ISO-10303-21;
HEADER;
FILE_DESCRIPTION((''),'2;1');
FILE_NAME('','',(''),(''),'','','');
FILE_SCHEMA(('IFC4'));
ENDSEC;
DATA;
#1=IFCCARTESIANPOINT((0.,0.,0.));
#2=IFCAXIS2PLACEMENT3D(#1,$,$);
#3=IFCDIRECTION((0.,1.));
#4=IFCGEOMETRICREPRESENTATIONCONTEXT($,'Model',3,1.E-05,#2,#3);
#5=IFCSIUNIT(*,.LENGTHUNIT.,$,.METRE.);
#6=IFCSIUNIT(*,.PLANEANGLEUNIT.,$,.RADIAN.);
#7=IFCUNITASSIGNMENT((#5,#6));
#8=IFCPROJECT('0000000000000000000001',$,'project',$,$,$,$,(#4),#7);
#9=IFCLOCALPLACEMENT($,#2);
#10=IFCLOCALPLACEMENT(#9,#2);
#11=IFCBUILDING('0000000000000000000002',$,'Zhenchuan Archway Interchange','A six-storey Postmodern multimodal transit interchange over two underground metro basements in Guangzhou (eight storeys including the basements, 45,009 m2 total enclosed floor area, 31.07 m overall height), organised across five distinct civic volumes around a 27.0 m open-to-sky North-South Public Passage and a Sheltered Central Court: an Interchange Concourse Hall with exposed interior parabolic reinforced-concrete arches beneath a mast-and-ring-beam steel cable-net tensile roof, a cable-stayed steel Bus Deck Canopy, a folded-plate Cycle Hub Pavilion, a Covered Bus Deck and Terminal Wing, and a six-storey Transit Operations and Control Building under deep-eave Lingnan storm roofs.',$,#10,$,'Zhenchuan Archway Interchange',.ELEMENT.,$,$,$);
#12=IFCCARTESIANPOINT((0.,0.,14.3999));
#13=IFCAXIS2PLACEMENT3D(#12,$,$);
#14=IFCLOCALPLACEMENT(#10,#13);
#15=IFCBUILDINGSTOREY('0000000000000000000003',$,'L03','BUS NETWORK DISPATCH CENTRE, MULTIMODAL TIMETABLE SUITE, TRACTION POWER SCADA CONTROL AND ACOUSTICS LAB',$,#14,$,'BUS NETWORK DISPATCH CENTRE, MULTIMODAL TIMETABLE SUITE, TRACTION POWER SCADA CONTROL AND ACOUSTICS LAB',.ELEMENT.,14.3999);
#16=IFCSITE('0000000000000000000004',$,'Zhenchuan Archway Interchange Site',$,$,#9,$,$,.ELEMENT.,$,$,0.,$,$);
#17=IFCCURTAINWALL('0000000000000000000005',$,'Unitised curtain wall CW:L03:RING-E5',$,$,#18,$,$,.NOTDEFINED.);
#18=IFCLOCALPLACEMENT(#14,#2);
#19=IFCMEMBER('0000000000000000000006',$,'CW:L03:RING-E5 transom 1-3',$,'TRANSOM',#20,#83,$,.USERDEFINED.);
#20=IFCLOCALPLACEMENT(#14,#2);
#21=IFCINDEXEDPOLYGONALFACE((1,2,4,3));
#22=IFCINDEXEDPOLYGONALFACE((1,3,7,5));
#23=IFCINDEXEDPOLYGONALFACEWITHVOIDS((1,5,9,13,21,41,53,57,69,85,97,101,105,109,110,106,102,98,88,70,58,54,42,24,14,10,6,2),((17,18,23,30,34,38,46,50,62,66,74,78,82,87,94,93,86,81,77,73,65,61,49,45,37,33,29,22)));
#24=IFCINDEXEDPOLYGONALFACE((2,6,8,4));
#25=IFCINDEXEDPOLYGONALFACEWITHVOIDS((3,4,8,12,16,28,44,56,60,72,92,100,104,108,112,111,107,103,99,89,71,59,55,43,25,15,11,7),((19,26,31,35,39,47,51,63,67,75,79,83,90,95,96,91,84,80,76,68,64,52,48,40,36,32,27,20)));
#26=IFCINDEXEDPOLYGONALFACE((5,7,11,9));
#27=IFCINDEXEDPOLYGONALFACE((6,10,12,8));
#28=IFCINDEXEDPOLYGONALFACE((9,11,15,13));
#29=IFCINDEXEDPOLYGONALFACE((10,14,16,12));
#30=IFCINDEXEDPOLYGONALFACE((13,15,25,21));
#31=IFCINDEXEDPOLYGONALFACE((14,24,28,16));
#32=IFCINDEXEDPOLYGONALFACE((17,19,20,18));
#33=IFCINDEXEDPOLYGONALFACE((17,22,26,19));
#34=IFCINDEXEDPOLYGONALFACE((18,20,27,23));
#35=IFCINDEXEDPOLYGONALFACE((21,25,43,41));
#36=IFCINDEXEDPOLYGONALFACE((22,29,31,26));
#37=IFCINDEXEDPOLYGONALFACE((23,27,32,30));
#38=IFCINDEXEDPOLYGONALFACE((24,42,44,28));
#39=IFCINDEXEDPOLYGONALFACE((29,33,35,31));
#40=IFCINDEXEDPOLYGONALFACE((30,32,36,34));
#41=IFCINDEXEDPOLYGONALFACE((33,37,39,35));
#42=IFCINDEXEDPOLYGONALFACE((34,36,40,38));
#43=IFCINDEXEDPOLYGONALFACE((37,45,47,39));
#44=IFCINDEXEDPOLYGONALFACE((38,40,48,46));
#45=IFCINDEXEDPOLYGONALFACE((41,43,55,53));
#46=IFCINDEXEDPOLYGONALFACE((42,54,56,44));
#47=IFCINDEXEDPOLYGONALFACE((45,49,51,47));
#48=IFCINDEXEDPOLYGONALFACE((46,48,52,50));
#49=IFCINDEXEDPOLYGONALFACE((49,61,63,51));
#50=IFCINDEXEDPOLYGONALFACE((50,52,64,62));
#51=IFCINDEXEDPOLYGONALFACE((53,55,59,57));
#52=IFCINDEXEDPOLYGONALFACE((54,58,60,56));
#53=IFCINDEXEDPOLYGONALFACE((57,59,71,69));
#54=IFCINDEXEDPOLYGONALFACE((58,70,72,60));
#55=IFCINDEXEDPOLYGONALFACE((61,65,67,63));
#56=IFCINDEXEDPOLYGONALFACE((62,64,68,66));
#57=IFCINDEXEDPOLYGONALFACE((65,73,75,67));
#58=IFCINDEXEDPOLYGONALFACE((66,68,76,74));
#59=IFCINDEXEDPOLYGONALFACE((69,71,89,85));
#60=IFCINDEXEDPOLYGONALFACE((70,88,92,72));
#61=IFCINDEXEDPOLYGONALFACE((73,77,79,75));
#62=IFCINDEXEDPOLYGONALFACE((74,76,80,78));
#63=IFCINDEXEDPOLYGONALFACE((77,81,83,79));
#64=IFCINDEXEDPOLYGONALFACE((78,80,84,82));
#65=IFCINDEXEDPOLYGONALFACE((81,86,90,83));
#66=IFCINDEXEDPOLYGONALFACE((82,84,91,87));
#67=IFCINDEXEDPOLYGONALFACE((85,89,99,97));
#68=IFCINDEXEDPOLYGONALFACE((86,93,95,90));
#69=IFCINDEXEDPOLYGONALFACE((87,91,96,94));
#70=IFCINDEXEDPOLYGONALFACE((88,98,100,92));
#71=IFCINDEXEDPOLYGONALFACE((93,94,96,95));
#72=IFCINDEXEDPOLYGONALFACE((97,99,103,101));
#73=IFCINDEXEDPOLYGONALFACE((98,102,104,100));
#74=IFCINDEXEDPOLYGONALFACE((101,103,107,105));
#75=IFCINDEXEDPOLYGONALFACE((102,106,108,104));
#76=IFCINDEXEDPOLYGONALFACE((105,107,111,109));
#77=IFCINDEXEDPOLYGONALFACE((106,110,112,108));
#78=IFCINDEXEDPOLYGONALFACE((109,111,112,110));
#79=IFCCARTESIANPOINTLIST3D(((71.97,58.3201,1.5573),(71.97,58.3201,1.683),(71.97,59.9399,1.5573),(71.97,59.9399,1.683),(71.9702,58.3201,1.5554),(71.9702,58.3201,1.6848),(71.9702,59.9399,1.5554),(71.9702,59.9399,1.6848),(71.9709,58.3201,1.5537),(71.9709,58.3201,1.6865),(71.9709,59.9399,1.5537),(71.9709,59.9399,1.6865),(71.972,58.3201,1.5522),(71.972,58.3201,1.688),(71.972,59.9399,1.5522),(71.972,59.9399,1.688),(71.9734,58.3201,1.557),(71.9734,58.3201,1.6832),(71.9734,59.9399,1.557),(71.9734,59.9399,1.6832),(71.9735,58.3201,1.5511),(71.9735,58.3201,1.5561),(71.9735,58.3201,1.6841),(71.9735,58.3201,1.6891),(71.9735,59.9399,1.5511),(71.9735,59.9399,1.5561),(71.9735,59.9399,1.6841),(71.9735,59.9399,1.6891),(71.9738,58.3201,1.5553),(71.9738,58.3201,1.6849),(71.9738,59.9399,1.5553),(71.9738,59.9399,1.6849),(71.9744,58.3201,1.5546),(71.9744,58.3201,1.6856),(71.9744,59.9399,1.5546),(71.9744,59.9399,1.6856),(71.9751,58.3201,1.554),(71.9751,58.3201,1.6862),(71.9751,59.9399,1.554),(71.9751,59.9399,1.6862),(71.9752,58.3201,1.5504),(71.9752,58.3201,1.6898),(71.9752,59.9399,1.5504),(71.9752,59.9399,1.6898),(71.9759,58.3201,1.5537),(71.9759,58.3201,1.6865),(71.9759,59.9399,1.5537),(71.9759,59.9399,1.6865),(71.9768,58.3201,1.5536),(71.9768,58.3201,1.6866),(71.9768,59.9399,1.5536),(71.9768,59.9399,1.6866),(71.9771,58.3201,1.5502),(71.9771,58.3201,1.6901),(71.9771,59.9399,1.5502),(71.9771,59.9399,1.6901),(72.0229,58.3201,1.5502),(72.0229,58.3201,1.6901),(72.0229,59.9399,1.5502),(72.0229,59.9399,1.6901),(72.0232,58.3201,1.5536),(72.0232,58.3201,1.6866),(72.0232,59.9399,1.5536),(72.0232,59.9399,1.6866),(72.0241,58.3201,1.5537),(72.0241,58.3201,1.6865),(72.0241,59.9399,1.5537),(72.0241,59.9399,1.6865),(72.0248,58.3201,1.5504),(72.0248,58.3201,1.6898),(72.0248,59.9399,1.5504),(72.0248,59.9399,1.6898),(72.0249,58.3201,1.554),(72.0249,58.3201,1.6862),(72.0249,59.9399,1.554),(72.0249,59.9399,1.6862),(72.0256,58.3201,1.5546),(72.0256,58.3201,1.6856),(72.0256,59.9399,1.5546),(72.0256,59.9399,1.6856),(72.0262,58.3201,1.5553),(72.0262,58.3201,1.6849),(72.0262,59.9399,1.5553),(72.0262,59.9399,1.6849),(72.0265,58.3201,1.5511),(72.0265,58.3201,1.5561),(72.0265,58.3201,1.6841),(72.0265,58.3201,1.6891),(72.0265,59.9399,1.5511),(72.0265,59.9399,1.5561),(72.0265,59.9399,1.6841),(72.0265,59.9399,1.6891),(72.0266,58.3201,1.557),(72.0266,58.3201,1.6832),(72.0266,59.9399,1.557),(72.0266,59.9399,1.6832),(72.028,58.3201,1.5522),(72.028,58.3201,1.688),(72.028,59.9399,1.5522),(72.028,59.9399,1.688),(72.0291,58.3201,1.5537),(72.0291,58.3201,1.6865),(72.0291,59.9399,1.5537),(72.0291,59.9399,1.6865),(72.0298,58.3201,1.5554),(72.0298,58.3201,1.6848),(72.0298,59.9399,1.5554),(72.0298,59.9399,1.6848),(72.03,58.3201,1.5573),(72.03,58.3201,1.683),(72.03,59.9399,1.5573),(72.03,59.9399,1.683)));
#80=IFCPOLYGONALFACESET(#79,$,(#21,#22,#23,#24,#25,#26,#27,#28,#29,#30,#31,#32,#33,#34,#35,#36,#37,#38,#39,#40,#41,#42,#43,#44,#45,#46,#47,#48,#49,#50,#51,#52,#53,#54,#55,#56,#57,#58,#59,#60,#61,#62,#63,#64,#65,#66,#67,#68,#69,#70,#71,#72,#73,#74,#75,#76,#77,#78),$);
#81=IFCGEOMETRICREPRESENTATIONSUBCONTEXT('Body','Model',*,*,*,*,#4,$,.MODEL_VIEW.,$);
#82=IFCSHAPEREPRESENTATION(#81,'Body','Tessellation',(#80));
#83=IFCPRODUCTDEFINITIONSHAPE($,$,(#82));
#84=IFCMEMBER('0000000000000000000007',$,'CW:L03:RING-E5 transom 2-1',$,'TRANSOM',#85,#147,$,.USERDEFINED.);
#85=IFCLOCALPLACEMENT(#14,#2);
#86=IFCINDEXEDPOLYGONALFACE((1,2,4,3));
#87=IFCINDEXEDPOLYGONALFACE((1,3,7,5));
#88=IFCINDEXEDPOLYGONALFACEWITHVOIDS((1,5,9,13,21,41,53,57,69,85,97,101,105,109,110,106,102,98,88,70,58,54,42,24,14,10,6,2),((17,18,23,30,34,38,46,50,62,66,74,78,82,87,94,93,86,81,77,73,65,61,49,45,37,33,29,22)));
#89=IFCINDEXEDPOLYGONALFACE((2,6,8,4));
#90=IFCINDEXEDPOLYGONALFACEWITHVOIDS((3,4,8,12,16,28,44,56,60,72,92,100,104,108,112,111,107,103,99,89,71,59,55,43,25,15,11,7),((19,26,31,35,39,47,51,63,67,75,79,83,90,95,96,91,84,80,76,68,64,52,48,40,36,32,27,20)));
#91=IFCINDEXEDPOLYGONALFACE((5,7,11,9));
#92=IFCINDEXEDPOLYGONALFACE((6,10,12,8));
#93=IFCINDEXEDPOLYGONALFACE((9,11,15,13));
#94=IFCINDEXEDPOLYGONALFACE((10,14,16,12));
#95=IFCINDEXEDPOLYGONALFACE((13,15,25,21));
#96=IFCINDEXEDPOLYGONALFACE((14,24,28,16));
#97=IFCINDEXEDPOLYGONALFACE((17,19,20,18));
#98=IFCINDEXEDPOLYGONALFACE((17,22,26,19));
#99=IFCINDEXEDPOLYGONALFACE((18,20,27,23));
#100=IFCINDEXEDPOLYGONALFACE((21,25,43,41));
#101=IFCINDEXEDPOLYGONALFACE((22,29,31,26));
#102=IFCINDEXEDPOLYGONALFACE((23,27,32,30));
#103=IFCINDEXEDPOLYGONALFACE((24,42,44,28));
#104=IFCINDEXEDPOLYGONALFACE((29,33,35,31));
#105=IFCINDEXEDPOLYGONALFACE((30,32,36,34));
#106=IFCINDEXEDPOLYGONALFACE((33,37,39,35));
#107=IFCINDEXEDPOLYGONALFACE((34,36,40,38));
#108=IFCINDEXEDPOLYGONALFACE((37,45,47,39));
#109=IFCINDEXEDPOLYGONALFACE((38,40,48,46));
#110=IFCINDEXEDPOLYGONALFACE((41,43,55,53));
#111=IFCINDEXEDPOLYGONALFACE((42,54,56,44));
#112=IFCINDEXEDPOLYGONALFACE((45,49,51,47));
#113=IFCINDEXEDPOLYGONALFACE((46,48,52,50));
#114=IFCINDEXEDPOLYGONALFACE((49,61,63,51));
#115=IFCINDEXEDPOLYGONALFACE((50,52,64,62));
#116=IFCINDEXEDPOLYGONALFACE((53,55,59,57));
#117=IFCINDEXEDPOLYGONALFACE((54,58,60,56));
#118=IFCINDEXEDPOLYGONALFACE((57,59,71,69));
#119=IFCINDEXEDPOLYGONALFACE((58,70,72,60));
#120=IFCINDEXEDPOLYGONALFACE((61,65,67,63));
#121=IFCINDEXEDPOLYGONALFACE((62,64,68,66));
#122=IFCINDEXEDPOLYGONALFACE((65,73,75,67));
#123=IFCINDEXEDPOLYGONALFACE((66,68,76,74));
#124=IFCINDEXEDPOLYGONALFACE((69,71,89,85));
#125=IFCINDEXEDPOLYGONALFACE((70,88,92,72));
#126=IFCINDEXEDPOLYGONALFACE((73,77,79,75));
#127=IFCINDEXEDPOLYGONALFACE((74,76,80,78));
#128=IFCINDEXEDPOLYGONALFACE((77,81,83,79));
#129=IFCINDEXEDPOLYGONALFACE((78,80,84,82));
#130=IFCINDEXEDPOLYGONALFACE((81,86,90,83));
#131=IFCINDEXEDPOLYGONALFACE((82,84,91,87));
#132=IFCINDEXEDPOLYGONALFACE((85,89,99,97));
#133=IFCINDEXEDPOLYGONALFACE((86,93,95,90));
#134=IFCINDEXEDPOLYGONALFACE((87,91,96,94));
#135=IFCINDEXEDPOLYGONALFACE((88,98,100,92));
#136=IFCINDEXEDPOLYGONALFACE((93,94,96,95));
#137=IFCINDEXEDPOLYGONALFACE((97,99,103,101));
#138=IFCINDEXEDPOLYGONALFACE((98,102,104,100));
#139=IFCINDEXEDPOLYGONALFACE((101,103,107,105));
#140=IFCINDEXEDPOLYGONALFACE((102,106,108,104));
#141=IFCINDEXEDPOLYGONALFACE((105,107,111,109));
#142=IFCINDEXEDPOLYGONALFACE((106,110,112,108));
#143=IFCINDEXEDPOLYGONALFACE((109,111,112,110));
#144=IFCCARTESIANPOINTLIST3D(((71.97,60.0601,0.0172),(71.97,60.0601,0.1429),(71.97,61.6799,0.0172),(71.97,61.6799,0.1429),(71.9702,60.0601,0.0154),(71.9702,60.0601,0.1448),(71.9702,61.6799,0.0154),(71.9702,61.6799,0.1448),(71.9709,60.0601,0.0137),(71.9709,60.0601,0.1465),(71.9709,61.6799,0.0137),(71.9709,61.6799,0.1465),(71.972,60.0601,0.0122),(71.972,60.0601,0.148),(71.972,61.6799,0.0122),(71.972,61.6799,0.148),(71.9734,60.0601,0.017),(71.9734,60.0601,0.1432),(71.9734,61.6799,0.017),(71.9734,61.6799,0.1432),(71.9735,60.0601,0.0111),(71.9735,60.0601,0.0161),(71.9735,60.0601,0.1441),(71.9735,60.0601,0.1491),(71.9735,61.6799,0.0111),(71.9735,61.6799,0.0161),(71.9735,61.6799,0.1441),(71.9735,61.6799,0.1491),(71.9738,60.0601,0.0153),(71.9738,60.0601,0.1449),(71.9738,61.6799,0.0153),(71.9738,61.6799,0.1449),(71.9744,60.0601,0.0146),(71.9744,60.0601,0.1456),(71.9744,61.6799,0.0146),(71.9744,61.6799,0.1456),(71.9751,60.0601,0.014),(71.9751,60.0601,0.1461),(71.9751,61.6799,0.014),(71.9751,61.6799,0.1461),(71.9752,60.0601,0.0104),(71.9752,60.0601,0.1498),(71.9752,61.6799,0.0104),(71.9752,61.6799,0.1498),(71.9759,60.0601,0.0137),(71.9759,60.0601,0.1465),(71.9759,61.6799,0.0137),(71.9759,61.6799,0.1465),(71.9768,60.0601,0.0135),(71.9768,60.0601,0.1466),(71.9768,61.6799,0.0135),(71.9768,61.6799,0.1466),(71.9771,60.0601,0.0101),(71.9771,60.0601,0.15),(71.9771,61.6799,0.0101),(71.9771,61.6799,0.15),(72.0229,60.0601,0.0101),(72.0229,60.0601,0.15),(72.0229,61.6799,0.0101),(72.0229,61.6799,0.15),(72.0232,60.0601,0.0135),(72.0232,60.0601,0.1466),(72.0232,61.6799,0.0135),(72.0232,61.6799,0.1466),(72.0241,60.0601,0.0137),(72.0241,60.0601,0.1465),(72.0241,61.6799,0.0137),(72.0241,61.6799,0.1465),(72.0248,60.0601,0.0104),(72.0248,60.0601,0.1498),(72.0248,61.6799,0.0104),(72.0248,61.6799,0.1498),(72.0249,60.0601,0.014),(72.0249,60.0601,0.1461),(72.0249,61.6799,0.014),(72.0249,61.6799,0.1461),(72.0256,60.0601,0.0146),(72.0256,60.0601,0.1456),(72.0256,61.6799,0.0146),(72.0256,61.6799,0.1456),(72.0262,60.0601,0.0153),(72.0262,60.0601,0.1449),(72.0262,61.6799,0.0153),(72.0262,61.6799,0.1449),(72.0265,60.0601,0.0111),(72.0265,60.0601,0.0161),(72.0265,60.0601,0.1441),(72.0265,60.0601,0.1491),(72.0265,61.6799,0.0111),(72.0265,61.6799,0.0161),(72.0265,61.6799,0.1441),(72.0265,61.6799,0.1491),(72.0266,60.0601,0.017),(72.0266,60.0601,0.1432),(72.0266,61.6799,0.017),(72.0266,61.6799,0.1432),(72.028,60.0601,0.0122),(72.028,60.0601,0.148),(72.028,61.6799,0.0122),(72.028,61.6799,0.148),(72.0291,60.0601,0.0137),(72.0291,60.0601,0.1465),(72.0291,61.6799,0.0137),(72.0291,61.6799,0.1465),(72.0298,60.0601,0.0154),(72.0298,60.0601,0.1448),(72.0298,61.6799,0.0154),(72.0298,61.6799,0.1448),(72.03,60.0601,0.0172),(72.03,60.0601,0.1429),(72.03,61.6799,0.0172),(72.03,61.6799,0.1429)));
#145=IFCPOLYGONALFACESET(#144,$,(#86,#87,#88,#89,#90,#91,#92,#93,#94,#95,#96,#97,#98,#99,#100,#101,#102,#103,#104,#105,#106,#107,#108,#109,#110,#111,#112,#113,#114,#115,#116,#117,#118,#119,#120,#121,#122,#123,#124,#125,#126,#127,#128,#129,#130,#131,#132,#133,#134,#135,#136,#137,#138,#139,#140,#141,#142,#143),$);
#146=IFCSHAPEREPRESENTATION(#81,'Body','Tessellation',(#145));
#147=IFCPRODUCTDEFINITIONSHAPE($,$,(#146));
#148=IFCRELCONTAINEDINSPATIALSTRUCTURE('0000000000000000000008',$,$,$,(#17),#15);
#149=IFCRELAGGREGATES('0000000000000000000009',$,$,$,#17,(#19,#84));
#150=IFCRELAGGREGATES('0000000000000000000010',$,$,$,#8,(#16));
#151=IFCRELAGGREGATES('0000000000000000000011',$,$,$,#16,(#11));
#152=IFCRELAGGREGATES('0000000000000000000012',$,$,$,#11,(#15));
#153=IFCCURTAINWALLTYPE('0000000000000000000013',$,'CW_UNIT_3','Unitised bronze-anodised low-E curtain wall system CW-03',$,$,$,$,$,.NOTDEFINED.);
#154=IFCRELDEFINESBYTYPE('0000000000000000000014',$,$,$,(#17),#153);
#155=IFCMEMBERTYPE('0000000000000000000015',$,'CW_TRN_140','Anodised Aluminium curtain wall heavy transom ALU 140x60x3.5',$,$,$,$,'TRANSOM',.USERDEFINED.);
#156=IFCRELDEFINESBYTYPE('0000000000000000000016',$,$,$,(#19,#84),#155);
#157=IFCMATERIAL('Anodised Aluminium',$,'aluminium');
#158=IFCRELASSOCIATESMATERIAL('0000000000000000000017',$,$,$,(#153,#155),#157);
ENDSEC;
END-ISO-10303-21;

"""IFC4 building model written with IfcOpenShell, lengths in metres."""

from ifc_helpers import new_model, si_unit, direction, frame, origin, origin_2d, place, context, subcontext, project, spatial, hollow_rectangle, extrude, material, material_profile, profile_set, type_object, element, aggregate, save


model = new_model("IFC4")

# Units and contexts
model_context = context("Model", 3, precision=1e-05, world=origin(), true_north=direction((0.0, 1.0)))
body_context = subcontext(model_context, "Body", "Model", "MODEL_VIEW")
ifc_project = project(units=[si_unit("LENGTHUNIT", "METRE"), si_unit("PLANEANGLEUNIT", "RADIAN")], contexts=[model_context])

# Site, building, storey
site_placement = place(None, origin())
site = spatial("IfcSite", under=ifc_project, at=site_placement, Name="Zhenchuan Archway Interchange Site", CompositionType="ELEMENT", RefElevation=0.0)
building_placement = place(site_placement, origin())
building = spatial("IfcBuilding", under=site, at=building_placement, Name="Zhenchuan Archway Interchange", Description="A six-storey Postmodern multimodal transit interchange over two underground metro basements in Guangzhou (eight storeys including the basements, 45,009 m2 total enclosed floor area, 31.07 m overall height), organised across five distinct civic volumes around a 27.0 m open-to-sky North-South Public Passage and a Sheltered Central Court: an Interchange Concourse Hall with exposed interior parabolic reinforced-concrete arches beneath a mast-and-ring-beam steel cable-net tensile roof, a cable-stayed steel Bus Deck Canopy, a folded-plate Cycle Hub Pavilion, a Covered Bus Deck and Terminal Wing, and a six-storey Transit Operations and Control Building under deep-eave Lingnan storm roofs.", LongName="Zhenchuan Archway Interchange", CompositionType="ELEMENT")
storey_placement = place(building_placement, frame((0.0, 0.0, 14.3999)))
storey = spatial("IfcBuildingStorey", under=building, at=storey_placement, Name="L03", Description="BUS NETWORK DISPATCH CENTRE, MULTIMODAL TIMETABLE SUITE, TRACTION POWER SCADA CONTROL AND ACOUSTICS LAB", LongName="BUS NETWORK DISPATCH CENTRE, MULTIMODAL TIMETABLE SUITE, TRACTION POWER SCADA CONTROL AND ACOUSTICS LAB", CompositionType="ELEMENT", Elevation=14.3999)

# Curtain wall
ifc_material_1 = material(Name="Anodised Aluminium", Category="aluminium")
curtain_wall_type = type_object("IfcCurtainWallType", Name="CW_UNIT_3", Description="Unitised bronze-anodised low-E curtain wall system CW-03", PredefinedType="NOTDEFINED", material=ifc_material_1)
curtain_wall_1_placement = place(storey_placement, origin())
curtain_wall_1 = element("IfcCurtainWall", 1, at=curtain_wall_1_placement, inside=storey, type_object=curtain_wall_type, Name="Unitised curtain wall CW:L03:RING-E5", PredefinedType="NOTDEFINED")

# Members
ifc_material_profile_1 = material_profile(ifc_material_1, hollow_rectangle(XDim=0.0601, YDim=0.1399, WallThickness=0.0034, InnerFilletRadius=0.0034, OuterFilletRadius=0.0071, at=origin_2d()), Name="ALU 140x60x3.5")
ifc_profile_set_1 = profile_set([ifc_material_profile_1], Name="Anodised Aluminium")
member_type_1 = type_object("IfcMemberType", Name="CW_TRN_140", Description="Anodised Aluminium curtain wall heavy transom ALU 140x60x3.5", ElementType="TRANSOM", PredefinedType="USERDEFINED", material=ifc_profile_set_1)
member_1_placement = place(storey_placement, frame((72.0, 58.3201, 1.6201), z_axis=(0.0, 1.0, 0.0), x_axis=(-1.0, 0.0, 0.0)))
member_1 = element("IfcMember", 2, at=member_1_placement, type_object=member_type_1, Name="CW:L03:RING-E5 transom 1-3", ObjectType="TRANSOM", PredefinedType="USERDEFINED", context=body_context, shape_type="SweptSolid", body=[
    extrude(hollow_rectangle(XDim=0.0601, YDim=0.1399, WallThickness=0.0034, InnerFilletRadius=0.0034, OuterFilletRadius=0.0071, at=origin_2d()), origin(), (0.0, 0.0, 1.0), 1.6199),
])
member_2_placement = place(storey_placement, frame((72.0, 60.0601, 0.0801), z_axis=(0.0, 1.0, 0.0), x_axis=(-1.0, 0.0, 0.0)))
member_2 = element("IfcMember", 3, at=member_2_placement, type_object=member_type_1, Name="CW:L03:RING-E5 transom 2-1", ObjectType="TRANSOM", PredefinedType="USERDEFINED", context=body_context, shape_type="SweptSolid", body=[
    extrude(hollow_rectangle(XDim=0.0601, YDim=0.1399, WallThickness=0.0034, InnerFilletRadius=0.0034, OuterFilletRadius=0.0071, at=origin_2d()), origin(), (0.0, 0.0, 1.0), 1.6199),
])

aggregate(curtain_wall_1, [member_1, member_2])

save(model, "model.ifc")
